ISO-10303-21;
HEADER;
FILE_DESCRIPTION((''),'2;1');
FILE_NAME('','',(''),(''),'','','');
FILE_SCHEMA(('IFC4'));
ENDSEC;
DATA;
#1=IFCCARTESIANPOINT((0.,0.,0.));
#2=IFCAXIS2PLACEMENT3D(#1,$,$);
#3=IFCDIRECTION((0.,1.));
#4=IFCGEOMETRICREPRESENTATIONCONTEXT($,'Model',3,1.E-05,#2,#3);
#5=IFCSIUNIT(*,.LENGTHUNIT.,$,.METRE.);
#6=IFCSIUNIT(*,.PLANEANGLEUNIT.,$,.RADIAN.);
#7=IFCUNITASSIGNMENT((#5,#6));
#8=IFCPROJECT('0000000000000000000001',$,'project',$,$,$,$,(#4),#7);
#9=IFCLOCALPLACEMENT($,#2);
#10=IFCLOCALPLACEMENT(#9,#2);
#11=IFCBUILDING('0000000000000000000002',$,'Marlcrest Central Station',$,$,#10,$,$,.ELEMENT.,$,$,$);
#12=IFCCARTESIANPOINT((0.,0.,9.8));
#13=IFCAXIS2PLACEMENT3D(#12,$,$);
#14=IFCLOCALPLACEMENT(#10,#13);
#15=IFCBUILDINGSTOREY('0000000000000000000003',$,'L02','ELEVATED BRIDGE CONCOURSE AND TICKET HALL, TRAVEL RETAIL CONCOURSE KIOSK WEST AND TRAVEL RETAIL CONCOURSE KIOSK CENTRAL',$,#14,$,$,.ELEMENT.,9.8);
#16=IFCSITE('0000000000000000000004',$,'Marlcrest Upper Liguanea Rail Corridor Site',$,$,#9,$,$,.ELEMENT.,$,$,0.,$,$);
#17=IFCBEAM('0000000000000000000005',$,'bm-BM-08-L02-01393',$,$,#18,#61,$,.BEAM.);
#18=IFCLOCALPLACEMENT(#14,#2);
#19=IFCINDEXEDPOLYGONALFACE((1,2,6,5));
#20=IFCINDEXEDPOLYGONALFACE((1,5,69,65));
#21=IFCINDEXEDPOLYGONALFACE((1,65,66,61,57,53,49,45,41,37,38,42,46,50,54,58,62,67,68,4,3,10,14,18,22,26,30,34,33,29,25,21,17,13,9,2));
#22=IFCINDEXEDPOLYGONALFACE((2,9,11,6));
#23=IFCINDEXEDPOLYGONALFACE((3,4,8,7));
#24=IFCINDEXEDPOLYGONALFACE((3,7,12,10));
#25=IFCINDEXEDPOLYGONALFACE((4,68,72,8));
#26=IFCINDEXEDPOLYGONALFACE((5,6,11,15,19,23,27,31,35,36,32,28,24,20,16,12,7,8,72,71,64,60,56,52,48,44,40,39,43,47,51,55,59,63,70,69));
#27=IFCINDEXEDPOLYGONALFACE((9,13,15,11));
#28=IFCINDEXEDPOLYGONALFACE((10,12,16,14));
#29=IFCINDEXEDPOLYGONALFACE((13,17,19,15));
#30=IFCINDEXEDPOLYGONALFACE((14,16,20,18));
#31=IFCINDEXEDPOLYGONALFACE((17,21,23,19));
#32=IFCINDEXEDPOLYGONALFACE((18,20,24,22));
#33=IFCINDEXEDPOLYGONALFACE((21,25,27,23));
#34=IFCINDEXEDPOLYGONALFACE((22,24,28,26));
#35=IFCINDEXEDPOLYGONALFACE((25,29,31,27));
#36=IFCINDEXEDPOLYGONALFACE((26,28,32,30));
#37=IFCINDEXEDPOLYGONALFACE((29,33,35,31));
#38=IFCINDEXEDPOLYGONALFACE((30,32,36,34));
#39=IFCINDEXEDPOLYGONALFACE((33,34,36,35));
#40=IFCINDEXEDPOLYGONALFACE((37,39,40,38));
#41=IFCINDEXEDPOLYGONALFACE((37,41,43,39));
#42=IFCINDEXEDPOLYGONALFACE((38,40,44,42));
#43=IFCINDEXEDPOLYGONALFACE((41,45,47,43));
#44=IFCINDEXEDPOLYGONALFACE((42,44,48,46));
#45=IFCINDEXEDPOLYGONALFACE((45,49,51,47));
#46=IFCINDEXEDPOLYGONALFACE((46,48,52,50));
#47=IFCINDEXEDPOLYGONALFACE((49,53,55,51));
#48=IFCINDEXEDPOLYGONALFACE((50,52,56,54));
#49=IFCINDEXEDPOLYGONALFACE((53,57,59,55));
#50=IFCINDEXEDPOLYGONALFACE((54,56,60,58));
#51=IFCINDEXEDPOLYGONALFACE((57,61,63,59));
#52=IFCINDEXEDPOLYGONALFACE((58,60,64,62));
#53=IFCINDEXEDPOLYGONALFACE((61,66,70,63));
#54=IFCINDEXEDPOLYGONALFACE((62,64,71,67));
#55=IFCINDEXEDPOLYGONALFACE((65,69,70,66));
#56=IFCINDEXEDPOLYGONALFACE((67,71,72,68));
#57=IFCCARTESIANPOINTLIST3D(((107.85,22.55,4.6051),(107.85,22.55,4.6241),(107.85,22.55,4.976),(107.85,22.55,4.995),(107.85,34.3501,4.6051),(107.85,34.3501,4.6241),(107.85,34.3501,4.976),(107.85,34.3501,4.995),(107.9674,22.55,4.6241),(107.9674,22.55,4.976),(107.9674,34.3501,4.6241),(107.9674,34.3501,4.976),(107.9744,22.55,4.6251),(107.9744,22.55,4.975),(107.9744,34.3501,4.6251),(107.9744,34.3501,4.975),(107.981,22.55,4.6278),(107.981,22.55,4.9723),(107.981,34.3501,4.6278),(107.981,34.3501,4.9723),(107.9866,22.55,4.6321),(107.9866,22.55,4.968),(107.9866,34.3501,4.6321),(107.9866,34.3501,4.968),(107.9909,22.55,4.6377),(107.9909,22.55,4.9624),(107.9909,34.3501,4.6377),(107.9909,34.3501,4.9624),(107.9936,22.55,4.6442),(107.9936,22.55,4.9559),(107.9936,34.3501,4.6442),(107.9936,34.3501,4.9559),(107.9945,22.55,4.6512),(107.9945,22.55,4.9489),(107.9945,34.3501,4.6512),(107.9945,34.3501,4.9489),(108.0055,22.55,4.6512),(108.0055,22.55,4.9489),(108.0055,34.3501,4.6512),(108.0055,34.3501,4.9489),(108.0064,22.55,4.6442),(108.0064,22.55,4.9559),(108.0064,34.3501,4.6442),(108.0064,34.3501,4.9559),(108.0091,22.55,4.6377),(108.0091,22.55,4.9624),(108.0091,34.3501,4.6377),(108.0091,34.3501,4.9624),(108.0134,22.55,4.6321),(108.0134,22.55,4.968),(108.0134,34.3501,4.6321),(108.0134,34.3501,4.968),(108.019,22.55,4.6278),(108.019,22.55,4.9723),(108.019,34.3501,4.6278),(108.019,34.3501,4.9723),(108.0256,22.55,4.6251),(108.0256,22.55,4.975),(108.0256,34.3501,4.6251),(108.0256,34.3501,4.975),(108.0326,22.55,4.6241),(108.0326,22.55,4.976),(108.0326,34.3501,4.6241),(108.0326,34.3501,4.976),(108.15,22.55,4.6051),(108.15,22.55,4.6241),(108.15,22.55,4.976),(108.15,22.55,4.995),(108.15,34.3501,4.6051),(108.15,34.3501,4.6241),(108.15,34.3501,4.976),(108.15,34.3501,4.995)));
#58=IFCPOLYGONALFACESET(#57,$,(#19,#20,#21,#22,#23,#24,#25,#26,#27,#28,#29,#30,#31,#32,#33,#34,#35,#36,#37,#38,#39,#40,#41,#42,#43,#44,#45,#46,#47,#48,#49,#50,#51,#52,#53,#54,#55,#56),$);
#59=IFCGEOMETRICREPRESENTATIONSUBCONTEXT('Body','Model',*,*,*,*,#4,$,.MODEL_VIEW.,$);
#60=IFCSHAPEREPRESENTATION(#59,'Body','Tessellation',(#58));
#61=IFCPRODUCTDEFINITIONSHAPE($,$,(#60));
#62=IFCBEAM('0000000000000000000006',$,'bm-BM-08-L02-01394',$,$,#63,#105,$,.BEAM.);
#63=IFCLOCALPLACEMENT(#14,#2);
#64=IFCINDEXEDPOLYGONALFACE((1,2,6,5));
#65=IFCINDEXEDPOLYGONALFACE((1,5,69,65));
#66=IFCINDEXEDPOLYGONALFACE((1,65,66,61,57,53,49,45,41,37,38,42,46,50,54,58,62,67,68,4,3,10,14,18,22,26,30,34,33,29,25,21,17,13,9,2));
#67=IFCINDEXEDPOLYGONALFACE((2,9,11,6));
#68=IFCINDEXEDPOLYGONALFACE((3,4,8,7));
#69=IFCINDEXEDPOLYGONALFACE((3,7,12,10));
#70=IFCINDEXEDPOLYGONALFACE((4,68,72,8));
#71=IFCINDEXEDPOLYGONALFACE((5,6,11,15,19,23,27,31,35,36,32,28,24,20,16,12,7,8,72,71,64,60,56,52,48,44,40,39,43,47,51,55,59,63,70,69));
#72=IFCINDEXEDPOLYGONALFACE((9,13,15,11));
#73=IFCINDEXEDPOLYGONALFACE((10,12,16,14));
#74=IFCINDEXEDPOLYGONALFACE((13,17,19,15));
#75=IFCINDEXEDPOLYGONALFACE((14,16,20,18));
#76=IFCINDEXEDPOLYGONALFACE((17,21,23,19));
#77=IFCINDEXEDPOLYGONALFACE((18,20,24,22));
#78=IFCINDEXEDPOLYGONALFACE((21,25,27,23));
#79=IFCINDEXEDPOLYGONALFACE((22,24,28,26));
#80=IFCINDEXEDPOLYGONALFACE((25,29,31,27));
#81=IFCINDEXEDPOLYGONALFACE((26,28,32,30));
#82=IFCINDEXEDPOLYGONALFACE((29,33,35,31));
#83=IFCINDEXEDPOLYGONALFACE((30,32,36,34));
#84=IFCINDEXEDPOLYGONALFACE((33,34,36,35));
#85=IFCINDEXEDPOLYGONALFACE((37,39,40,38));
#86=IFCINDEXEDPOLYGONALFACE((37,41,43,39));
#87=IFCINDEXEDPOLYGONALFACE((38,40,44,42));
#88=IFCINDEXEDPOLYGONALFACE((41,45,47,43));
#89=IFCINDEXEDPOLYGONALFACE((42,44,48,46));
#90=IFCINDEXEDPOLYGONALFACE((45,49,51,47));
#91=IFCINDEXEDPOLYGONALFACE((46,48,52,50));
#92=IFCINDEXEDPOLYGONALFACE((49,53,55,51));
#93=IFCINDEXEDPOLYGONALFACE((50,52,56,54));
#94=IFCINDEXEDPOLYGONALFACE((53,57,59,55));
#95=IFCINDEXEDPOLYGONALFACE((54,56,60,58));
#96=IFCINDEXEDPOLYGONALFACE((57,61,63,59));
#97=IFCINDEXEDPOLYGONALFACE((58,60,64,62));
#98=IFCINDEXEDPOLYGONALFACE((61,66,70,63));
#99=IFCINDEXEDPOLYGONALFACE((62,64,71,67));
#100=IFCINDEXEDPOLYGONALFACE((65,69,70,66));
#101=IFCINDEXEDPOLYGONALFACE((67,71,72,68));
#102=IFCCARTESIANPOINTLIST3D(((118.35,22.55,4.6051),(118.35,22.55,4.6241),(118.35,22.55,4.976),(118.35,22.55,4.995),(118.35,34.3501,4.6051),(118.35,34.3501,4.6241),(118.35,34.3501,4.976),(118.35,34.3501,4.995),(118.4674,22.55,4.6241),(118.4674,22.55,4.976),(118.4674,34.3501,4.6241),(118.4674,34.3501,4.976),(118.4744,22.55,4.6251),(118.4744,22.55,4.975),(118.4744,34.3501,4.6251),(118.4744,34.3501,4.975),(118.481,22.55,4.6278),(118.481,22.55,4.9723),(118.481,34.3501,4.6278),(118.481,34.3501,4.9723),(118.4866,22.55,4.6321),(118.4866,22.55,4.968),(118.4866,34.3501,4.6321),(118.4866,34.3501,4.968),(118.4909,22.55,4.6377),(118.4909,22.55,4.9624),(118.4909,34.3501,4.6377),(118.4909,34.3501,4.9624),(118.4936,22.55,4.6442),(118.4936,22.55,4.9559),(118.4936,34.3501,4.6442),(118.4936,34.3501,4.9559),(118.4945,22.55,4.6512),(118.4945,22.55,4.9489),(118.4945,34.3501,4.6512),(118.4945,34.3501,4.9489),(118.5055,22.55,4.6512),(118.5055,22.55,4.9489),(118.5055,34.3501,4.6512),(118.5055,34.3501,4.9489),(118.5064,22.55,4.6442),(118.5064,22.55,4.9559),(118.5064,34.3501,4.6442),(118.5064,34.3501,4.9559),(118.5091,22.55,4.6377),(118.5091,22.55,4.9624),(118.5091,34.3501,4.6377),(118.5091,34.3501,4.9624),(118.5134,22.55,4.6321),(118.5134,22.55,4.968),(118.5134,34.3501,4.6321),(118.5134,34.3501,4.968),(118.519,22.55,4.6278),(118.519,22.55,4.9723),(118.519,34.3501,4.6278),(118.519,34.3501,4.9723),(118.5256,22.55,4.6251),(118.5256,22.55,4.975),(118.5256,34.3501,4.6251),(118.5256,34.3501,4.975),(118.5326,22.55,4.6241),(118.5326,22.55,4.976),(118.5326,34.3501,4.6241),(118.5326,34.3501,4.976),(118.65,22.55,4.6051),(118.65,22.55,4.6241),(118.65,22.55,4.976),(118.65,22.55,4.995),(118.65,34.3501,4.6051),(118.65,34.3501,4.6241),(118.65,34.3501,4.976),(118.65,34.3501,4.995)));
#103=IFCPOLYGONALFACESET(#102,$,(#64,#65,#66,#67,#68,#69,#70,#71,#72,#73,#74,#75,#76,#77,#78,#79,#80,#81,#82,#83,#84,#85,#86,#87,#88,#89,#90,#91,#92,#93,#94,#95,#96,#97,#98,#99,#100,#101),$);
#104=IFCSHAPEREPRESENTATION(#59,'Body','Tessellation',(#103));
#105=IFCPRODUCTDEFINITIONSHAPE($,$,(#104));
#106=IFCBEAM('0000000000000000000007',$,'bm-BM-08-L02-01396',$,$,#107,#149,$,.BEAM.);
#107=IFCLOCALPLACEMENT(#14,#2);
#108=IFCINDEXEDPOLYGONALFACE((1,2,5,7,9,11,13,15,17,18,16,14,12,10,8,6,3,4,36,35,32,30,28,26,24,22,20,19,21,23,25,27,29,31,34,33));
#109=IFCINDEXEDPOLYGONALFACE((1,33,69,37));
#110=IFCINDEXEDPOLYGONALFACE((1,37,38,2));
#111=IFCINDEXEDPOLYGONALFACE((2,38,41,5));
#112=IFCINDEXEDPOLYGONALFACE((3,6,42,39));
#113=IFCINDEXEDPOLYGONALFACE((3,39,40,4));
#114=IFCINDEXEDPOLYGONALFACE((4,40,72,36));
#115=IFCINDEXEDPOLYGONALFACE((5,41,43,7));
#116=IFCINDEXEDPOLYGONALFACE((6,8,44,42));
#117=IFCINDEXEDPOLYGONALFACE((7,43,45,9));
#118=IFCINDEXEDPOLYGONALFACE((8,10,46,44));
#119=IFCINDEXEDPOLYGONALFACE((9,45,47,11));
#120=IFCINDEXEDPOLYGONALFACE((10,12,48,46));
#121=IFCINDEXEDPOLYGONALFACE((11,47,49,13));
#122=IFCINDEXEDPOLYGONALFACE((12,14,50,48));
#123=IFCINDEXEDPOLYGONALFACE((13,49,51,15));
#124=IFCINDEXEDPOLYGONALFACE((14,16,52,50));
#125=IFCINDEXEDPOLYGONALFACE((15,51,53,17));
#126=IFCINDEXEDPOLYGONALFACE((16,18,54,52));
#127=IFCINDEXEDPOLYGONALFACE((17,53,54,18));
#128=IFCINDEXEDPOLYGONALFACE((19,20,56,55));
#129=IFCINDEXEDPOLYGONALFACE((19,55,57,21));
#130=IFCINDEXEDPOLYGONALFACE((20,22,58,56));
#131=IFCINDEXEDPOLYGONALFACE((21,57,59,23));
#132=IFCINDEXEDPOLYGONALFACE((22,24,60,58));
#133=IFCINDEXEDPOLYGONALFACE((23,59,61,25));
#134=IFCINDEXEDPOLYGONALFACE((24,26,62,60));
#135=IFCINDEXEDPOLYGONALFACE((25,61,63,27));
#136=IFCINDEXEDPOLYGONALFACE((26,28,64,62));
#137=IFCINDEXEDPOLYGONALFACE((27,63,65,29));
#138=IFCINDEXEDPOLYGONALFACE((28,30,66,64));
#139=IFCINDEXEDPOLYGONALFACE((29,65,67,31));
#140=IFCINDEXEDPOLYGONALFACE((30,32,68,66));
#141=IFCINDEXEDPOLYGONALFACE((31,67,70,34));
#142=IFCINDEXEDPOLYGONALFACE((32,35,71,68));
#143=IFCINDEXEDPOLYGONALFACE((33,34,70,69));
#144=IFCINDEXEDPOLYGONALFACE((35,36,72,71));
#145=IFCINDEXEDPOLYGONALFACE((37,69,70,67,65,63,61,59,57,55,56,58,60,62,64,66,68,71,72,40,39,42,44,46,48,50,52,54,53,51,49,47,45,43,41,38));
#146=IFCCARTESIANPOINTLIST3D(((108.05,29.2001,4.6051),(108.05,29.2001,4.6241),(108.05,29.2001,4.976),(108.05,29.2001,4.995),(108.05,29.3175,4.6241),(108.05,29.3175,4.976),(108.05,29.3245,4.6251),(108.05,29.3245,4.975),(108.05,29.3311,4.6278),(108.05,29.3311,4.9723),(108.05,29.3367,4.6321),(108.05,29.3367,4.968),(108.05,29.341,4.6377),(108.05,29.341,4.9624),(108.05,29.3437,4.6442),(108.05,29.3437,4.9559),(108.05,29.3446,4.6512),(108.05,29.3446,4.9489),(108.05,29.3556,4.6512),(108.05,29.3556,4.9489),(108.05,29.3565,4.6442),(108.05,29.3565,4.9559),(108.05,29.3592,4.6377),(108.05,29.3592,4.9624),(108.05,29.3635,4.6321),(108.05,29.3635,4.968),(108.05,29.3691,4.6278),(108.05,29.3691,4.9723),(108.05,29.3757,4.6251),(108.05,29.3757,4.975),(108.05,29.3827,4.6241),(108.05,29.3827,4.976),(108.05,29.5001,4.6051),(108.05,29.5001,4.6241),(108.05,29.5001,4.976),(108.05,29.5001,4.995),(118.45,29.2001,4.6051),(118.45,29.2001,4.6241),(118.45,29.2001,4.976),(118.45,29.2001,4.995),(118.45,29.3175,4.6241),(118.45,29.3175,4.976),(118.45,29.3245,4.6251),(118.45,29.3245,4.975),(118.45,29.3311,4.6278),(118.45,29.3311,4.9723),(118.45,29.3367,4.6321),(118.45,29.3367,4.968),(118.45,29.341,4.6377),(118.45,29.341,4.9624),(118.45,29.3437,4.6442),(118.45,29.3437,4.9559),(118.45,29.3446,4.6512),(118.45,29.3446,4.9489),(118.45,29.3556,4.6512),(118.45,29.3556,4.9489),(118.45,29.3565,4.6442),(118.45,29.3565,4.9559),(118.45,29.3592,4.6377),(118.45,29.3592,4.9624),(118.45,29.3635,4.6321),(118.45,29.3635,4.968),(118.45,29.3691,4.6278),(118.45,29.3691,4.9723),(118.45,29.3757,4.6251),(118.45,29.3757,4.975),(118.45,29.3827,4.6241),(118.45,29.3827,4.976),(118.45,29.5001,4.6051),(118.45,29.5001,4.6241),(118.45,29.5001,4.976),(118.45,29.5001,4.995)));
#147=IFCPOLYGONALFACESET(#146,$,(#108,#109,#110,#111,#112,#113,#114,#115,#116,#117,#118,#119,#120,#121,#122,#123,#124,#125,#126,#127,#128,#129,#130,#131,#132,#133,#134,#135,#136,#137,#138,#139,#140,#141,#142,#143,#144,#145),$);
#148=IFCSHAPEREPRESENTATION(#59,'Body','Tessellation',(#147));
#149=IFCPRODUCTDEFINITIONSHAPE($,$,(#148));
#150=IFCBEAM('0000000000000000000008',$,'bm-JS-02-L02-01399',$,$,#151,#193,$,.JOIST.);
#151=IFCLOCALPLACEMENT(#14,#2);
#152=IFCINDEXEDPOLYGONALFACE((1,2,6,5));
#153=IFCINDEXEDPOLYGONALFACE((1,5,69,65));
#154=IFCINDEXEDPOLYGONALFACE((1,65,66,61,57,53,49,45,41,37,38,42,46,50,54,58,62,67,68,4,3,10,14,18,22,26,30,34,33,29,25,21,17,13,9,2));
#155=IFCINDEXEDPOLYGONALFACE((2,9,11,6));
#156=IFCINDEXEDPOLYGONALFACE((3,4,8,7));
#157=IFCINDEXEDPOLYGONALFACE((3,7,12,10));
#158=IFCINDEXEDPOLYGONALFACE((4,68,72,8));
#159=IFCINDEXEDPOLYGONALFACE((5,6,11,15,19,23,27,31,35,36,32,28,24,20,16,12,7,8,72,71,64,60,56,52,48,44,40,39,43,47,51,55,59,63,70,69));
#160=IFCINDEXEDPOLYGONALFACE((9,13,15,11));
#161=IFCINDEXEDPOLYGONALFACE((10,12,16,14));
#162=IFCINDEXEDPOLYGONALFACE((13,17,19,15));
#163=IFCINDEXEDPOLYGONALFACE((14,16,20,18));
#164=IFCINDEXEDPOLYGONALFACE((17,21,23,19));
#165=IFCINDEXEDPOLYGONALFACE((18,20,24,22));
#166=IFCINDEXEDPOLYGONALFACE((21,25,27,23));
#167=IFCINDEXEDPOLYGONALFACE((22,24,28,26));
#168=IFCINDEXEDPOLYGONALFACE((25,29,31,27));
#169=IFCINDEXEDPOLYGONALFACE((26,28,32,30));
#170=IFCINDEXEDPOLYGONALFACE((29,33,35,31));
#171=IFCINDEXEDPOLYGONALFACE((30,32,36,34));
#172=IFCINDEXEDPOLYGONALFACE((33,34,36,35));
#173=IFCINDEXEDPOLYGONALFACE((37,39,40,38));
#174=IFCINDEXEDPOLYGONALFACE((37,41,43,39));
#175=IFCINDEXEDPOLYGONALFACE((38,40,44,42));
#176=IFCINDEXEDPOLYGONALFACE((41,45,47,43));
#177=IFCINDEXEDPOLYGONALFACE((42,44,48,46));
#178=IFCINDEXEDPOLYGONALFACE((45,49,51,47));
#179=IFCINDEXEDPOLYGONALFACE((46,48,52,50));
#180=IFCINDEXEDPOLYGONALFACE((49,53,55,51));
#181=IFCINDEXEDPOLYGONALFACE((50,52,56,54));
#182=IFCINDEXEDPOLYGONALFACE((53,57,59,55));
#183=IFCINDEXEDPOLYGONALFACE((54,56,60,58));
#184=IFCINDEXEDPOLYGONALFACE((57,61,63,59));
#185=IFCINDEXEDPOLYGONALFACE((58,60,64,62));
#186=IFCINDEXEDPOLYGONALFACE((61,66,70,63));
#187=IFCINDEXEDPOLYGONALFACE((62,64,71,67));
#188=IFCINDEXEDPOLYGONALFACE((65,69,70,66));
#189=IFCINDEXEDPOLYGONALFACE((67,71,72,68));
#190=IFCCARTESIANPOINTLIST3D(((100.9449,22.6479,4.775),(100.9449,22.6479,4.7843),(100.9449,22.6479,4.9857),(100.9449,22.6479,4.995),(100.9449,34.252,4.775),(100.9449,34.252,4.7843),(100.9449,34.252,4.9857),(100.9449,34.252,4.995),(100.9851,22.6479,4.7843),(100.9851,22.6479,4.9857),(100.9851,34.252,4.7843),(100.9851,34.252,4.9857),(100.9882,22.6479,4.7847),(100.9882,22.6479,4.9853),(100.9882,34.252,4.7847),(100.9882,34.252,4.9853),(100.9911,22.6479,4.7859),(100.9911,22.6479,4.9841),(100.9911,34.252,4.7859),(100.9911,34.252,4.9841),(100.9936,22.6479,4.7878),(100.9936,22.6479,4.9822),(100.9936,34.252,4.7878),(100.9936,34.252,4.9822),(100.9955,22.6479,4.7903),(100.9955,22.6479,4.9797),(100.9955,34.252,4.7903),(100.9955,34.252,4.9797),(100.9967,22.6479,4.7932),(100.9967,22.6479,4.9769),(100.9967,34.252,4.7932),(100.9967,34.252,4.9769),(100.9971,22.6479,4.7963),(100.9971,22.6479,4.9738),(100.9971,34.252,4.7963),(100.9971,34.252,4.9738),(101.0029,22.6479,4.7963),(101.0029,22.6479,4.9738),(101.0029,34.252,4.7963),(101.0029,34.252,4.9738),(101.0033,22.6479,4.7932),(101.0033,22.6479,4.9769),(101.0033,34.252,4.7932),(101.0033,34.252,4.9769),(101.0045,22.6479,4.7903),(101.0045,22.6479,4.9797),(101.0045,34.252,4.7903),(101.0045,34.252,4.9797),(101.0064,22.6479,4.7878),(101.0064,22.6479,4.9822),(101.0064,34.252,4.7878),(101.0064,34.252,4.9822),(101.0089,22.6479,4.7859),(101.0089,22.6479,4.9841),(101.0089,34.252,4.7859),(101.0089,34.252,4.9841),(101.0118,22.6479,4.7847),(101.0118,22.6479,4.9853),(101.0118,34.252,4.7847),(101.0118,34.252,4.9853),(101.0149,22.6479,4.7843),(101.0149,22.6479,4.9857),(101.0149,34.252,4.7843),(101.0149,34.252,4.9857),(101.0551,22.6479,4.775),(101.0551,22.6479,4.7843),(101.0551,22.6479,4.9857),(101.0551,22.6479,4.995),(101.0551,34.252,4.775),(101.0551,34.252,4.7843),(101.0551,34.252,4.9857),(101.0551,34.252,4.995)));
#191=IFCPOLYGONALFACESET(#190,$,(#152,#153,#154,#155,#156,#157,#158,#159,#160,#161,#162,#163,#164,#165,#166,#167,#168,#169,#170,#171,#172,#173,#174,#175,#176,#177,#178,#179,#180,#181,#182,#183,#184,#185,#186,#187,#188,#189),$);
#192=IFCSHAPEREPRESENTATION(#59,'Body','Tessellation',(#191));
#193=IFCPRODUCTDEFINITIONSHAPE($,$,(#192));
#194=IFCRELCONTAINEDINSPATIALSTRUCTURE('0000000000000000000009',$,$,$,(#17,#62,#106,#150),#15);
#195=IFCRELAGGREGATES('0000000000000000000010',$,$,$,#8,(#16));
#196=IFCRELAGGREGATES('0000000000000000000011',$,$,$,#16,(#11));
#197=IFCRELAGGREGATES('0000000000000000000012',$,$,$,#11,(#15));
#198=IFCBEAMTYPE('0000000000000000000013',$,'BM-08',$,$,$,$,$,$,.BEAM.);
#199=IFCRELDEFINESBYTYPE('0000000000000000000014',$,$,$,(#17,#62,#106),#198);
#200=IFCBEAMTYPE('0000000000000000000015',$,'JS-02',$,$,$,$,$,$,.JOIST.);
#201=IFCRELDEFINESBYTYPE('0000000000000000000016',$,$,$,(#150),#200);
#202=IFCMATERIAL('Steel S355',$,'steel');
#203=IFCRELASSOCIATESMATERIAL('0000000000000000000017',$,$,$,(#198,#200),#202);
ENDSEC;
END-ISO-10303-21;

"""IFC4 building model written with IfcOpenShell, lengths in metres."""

from ifc_helpers import new_model, si_unit, direction, frame, origin, origin_2d, place, context, subcontext, project, spatial, i_section, extrude, material, material_profile, profile_set, type_object, element, save


model = new_model("IFC4")

# Units and contexts
model_context = context("Model", 3, precision=1e-05, world=origin(), true_north=direction((0.0, 1.0)))
body_context = subcontext(model_context, "Body", "Model", "MODEL_VIEW")
ifc_project = project(units=[si_unit("LENGTHUNIT", "METRE"), si_unit("PLANEANGLEUNIT", "RADIAN")], contexts=[model_context])

# Site, building, storey
site_placement = place(None, origin())
site = spatial("IfcSite", under=ifc_project, at=site_placement, Name="Marlcrest Upper Liguanea Rail Corridor Site", CompositionType="ELEMENT", RefElevation=0.0)
building_placement = place(site_placement, origin())
building = spatial("IfcBuilding", under=site, at=building_placement, Name="Marlcrest Central Station", CompositionType="ELEMENT")
storey_placement = place(building_placement, frame((0.0, 0.0, 9.8)))
storey = spatial("IfcBuildingStorey", under=building, at=storey_placement, Name="L02", Description="ELEVATED BRIDGE CONCOURSE AND TICKET HALL, TRAVEL RETAIL CONCOURSE KIOSK WEST AND TRAVEL RETAIL CONCOURSE KIOSK CENTRAL", CompositionType="ELEMENT", Elevation=9.8)

# Shared definitions
ifc_material_1 = material(Name="Steel S355", Category="steel")

# Beams
ifc_material_profile_1 = material_profile(ifc_material_1, i_section(OverallWidth=0.3, OverallDepth=0.3899, WebThickness=0.011, FlangeThickness=0.019, FilletRadius=0.0271, at=origin_2d()), Name="HEA 400")
ifc_profile_set_1 = profile_set([ifc_material_profile_1], Name="Steel S355")
beam_type_1 = type_object("IfcBeamType", Name="BM-08", PredefinedType="BEAM", material=ifc_profile_set_1)
for number, where, z_axis, x_axis, name in (
    (1, (108.0, 22.55, 4.8), (0.0, 1.0, 0.0), (-1.0, 0.0, 0.0), "bm-BM-08-L02-01393"),
    (2, (118.5, 22.55, 4.8), (0.0, 1.0, 0.0), (-1.0, 0.0, 0.0), "bm-BM-08-L02-01394"),
):
    element("IfcBeam", number, at=place(storey_placement, frame(where, z_axis=z_axis, x_axis=x_axis)), inside=storey, type_object=beam_type_1, Name=name, PredefinedType="BEAM", context=body_context, shape_type="SweptSolid", body=[
        extrude(i_section(OverallWidth=0.3, OverallDepth=0.3899, WebThickness=0.011, FlangeThickness=0.019, FilletRadius=0.0271, at=origin_2d()), origin(), (0.0, 0.0, 1.0), 11.8),
    ])
beam_1_placement = place(storey_placement, frame((108.05, 29.3501, 4.8), z_axis=(1.0, 0.0, 0.0), x_axis=(0.0, 1.0, 0.0)))
element("IfcBeam", 3, at=beam_1_placement, inside=storey, type_object=beam_type_1, Name="bm-BM-08-L02-01396", PredefinedType="BEAM", context=body_context, shape_type="SweptSolid", body=[
    extrude(i_section(OverallWidth=0.3, OverallDepth=0.3899, WebThickness=0.011, FlangeThickness=0.019, FilletRadius=0.0271, at=origin_2d()), origin(), (0.0, 0.0, 1.0), 10.3999),
])
ifc_material_profile_2 = material_profile(ifc_material_1, i_section(OverallWidth=0.1101, OverallDepth=0.22, WebThickness=0.0059, FlangeThickness=0.0093, FilletRadius=0.012, at=origin_2d()), Name="IPE 220")
ifc_profile_set_2 = profile_set([ifc_material_profile_2], Name="Steel S355")
beam_type_2 = type_object("IfcBeamType", Name="JS-02", PredefinedType="JOIST", material=ifc_profile_set_2)
for number, where, z_axis, x_axis, name in (
    (4, (101.0, 22.6479, 4.885), (0.0, 1.0, 0.0), (-1.0, 0.0, 0.0), "bm-JS-02-L02-01399"),
):
    element("IfcBeam", number, at=place(storey_placement, frame(where, z_axis=z_axis, x_axis=x_axis)), inside=storey, type_object=beam_type_2, Name=name, PredefinedType="JOIST", context=body_context, shape_type="SweptSolid", body=[
        extrude(i_section(OverallWidth=0.1101, OverallDepth=0.22, WebThickness=0.0059, FlangeThickness=0.0093, FilletRadius=0.012, at=origin_2d()), origin(), (0.0, 0.0, 1.0), 11.604),
    ])

save(model, "model.ifc")
